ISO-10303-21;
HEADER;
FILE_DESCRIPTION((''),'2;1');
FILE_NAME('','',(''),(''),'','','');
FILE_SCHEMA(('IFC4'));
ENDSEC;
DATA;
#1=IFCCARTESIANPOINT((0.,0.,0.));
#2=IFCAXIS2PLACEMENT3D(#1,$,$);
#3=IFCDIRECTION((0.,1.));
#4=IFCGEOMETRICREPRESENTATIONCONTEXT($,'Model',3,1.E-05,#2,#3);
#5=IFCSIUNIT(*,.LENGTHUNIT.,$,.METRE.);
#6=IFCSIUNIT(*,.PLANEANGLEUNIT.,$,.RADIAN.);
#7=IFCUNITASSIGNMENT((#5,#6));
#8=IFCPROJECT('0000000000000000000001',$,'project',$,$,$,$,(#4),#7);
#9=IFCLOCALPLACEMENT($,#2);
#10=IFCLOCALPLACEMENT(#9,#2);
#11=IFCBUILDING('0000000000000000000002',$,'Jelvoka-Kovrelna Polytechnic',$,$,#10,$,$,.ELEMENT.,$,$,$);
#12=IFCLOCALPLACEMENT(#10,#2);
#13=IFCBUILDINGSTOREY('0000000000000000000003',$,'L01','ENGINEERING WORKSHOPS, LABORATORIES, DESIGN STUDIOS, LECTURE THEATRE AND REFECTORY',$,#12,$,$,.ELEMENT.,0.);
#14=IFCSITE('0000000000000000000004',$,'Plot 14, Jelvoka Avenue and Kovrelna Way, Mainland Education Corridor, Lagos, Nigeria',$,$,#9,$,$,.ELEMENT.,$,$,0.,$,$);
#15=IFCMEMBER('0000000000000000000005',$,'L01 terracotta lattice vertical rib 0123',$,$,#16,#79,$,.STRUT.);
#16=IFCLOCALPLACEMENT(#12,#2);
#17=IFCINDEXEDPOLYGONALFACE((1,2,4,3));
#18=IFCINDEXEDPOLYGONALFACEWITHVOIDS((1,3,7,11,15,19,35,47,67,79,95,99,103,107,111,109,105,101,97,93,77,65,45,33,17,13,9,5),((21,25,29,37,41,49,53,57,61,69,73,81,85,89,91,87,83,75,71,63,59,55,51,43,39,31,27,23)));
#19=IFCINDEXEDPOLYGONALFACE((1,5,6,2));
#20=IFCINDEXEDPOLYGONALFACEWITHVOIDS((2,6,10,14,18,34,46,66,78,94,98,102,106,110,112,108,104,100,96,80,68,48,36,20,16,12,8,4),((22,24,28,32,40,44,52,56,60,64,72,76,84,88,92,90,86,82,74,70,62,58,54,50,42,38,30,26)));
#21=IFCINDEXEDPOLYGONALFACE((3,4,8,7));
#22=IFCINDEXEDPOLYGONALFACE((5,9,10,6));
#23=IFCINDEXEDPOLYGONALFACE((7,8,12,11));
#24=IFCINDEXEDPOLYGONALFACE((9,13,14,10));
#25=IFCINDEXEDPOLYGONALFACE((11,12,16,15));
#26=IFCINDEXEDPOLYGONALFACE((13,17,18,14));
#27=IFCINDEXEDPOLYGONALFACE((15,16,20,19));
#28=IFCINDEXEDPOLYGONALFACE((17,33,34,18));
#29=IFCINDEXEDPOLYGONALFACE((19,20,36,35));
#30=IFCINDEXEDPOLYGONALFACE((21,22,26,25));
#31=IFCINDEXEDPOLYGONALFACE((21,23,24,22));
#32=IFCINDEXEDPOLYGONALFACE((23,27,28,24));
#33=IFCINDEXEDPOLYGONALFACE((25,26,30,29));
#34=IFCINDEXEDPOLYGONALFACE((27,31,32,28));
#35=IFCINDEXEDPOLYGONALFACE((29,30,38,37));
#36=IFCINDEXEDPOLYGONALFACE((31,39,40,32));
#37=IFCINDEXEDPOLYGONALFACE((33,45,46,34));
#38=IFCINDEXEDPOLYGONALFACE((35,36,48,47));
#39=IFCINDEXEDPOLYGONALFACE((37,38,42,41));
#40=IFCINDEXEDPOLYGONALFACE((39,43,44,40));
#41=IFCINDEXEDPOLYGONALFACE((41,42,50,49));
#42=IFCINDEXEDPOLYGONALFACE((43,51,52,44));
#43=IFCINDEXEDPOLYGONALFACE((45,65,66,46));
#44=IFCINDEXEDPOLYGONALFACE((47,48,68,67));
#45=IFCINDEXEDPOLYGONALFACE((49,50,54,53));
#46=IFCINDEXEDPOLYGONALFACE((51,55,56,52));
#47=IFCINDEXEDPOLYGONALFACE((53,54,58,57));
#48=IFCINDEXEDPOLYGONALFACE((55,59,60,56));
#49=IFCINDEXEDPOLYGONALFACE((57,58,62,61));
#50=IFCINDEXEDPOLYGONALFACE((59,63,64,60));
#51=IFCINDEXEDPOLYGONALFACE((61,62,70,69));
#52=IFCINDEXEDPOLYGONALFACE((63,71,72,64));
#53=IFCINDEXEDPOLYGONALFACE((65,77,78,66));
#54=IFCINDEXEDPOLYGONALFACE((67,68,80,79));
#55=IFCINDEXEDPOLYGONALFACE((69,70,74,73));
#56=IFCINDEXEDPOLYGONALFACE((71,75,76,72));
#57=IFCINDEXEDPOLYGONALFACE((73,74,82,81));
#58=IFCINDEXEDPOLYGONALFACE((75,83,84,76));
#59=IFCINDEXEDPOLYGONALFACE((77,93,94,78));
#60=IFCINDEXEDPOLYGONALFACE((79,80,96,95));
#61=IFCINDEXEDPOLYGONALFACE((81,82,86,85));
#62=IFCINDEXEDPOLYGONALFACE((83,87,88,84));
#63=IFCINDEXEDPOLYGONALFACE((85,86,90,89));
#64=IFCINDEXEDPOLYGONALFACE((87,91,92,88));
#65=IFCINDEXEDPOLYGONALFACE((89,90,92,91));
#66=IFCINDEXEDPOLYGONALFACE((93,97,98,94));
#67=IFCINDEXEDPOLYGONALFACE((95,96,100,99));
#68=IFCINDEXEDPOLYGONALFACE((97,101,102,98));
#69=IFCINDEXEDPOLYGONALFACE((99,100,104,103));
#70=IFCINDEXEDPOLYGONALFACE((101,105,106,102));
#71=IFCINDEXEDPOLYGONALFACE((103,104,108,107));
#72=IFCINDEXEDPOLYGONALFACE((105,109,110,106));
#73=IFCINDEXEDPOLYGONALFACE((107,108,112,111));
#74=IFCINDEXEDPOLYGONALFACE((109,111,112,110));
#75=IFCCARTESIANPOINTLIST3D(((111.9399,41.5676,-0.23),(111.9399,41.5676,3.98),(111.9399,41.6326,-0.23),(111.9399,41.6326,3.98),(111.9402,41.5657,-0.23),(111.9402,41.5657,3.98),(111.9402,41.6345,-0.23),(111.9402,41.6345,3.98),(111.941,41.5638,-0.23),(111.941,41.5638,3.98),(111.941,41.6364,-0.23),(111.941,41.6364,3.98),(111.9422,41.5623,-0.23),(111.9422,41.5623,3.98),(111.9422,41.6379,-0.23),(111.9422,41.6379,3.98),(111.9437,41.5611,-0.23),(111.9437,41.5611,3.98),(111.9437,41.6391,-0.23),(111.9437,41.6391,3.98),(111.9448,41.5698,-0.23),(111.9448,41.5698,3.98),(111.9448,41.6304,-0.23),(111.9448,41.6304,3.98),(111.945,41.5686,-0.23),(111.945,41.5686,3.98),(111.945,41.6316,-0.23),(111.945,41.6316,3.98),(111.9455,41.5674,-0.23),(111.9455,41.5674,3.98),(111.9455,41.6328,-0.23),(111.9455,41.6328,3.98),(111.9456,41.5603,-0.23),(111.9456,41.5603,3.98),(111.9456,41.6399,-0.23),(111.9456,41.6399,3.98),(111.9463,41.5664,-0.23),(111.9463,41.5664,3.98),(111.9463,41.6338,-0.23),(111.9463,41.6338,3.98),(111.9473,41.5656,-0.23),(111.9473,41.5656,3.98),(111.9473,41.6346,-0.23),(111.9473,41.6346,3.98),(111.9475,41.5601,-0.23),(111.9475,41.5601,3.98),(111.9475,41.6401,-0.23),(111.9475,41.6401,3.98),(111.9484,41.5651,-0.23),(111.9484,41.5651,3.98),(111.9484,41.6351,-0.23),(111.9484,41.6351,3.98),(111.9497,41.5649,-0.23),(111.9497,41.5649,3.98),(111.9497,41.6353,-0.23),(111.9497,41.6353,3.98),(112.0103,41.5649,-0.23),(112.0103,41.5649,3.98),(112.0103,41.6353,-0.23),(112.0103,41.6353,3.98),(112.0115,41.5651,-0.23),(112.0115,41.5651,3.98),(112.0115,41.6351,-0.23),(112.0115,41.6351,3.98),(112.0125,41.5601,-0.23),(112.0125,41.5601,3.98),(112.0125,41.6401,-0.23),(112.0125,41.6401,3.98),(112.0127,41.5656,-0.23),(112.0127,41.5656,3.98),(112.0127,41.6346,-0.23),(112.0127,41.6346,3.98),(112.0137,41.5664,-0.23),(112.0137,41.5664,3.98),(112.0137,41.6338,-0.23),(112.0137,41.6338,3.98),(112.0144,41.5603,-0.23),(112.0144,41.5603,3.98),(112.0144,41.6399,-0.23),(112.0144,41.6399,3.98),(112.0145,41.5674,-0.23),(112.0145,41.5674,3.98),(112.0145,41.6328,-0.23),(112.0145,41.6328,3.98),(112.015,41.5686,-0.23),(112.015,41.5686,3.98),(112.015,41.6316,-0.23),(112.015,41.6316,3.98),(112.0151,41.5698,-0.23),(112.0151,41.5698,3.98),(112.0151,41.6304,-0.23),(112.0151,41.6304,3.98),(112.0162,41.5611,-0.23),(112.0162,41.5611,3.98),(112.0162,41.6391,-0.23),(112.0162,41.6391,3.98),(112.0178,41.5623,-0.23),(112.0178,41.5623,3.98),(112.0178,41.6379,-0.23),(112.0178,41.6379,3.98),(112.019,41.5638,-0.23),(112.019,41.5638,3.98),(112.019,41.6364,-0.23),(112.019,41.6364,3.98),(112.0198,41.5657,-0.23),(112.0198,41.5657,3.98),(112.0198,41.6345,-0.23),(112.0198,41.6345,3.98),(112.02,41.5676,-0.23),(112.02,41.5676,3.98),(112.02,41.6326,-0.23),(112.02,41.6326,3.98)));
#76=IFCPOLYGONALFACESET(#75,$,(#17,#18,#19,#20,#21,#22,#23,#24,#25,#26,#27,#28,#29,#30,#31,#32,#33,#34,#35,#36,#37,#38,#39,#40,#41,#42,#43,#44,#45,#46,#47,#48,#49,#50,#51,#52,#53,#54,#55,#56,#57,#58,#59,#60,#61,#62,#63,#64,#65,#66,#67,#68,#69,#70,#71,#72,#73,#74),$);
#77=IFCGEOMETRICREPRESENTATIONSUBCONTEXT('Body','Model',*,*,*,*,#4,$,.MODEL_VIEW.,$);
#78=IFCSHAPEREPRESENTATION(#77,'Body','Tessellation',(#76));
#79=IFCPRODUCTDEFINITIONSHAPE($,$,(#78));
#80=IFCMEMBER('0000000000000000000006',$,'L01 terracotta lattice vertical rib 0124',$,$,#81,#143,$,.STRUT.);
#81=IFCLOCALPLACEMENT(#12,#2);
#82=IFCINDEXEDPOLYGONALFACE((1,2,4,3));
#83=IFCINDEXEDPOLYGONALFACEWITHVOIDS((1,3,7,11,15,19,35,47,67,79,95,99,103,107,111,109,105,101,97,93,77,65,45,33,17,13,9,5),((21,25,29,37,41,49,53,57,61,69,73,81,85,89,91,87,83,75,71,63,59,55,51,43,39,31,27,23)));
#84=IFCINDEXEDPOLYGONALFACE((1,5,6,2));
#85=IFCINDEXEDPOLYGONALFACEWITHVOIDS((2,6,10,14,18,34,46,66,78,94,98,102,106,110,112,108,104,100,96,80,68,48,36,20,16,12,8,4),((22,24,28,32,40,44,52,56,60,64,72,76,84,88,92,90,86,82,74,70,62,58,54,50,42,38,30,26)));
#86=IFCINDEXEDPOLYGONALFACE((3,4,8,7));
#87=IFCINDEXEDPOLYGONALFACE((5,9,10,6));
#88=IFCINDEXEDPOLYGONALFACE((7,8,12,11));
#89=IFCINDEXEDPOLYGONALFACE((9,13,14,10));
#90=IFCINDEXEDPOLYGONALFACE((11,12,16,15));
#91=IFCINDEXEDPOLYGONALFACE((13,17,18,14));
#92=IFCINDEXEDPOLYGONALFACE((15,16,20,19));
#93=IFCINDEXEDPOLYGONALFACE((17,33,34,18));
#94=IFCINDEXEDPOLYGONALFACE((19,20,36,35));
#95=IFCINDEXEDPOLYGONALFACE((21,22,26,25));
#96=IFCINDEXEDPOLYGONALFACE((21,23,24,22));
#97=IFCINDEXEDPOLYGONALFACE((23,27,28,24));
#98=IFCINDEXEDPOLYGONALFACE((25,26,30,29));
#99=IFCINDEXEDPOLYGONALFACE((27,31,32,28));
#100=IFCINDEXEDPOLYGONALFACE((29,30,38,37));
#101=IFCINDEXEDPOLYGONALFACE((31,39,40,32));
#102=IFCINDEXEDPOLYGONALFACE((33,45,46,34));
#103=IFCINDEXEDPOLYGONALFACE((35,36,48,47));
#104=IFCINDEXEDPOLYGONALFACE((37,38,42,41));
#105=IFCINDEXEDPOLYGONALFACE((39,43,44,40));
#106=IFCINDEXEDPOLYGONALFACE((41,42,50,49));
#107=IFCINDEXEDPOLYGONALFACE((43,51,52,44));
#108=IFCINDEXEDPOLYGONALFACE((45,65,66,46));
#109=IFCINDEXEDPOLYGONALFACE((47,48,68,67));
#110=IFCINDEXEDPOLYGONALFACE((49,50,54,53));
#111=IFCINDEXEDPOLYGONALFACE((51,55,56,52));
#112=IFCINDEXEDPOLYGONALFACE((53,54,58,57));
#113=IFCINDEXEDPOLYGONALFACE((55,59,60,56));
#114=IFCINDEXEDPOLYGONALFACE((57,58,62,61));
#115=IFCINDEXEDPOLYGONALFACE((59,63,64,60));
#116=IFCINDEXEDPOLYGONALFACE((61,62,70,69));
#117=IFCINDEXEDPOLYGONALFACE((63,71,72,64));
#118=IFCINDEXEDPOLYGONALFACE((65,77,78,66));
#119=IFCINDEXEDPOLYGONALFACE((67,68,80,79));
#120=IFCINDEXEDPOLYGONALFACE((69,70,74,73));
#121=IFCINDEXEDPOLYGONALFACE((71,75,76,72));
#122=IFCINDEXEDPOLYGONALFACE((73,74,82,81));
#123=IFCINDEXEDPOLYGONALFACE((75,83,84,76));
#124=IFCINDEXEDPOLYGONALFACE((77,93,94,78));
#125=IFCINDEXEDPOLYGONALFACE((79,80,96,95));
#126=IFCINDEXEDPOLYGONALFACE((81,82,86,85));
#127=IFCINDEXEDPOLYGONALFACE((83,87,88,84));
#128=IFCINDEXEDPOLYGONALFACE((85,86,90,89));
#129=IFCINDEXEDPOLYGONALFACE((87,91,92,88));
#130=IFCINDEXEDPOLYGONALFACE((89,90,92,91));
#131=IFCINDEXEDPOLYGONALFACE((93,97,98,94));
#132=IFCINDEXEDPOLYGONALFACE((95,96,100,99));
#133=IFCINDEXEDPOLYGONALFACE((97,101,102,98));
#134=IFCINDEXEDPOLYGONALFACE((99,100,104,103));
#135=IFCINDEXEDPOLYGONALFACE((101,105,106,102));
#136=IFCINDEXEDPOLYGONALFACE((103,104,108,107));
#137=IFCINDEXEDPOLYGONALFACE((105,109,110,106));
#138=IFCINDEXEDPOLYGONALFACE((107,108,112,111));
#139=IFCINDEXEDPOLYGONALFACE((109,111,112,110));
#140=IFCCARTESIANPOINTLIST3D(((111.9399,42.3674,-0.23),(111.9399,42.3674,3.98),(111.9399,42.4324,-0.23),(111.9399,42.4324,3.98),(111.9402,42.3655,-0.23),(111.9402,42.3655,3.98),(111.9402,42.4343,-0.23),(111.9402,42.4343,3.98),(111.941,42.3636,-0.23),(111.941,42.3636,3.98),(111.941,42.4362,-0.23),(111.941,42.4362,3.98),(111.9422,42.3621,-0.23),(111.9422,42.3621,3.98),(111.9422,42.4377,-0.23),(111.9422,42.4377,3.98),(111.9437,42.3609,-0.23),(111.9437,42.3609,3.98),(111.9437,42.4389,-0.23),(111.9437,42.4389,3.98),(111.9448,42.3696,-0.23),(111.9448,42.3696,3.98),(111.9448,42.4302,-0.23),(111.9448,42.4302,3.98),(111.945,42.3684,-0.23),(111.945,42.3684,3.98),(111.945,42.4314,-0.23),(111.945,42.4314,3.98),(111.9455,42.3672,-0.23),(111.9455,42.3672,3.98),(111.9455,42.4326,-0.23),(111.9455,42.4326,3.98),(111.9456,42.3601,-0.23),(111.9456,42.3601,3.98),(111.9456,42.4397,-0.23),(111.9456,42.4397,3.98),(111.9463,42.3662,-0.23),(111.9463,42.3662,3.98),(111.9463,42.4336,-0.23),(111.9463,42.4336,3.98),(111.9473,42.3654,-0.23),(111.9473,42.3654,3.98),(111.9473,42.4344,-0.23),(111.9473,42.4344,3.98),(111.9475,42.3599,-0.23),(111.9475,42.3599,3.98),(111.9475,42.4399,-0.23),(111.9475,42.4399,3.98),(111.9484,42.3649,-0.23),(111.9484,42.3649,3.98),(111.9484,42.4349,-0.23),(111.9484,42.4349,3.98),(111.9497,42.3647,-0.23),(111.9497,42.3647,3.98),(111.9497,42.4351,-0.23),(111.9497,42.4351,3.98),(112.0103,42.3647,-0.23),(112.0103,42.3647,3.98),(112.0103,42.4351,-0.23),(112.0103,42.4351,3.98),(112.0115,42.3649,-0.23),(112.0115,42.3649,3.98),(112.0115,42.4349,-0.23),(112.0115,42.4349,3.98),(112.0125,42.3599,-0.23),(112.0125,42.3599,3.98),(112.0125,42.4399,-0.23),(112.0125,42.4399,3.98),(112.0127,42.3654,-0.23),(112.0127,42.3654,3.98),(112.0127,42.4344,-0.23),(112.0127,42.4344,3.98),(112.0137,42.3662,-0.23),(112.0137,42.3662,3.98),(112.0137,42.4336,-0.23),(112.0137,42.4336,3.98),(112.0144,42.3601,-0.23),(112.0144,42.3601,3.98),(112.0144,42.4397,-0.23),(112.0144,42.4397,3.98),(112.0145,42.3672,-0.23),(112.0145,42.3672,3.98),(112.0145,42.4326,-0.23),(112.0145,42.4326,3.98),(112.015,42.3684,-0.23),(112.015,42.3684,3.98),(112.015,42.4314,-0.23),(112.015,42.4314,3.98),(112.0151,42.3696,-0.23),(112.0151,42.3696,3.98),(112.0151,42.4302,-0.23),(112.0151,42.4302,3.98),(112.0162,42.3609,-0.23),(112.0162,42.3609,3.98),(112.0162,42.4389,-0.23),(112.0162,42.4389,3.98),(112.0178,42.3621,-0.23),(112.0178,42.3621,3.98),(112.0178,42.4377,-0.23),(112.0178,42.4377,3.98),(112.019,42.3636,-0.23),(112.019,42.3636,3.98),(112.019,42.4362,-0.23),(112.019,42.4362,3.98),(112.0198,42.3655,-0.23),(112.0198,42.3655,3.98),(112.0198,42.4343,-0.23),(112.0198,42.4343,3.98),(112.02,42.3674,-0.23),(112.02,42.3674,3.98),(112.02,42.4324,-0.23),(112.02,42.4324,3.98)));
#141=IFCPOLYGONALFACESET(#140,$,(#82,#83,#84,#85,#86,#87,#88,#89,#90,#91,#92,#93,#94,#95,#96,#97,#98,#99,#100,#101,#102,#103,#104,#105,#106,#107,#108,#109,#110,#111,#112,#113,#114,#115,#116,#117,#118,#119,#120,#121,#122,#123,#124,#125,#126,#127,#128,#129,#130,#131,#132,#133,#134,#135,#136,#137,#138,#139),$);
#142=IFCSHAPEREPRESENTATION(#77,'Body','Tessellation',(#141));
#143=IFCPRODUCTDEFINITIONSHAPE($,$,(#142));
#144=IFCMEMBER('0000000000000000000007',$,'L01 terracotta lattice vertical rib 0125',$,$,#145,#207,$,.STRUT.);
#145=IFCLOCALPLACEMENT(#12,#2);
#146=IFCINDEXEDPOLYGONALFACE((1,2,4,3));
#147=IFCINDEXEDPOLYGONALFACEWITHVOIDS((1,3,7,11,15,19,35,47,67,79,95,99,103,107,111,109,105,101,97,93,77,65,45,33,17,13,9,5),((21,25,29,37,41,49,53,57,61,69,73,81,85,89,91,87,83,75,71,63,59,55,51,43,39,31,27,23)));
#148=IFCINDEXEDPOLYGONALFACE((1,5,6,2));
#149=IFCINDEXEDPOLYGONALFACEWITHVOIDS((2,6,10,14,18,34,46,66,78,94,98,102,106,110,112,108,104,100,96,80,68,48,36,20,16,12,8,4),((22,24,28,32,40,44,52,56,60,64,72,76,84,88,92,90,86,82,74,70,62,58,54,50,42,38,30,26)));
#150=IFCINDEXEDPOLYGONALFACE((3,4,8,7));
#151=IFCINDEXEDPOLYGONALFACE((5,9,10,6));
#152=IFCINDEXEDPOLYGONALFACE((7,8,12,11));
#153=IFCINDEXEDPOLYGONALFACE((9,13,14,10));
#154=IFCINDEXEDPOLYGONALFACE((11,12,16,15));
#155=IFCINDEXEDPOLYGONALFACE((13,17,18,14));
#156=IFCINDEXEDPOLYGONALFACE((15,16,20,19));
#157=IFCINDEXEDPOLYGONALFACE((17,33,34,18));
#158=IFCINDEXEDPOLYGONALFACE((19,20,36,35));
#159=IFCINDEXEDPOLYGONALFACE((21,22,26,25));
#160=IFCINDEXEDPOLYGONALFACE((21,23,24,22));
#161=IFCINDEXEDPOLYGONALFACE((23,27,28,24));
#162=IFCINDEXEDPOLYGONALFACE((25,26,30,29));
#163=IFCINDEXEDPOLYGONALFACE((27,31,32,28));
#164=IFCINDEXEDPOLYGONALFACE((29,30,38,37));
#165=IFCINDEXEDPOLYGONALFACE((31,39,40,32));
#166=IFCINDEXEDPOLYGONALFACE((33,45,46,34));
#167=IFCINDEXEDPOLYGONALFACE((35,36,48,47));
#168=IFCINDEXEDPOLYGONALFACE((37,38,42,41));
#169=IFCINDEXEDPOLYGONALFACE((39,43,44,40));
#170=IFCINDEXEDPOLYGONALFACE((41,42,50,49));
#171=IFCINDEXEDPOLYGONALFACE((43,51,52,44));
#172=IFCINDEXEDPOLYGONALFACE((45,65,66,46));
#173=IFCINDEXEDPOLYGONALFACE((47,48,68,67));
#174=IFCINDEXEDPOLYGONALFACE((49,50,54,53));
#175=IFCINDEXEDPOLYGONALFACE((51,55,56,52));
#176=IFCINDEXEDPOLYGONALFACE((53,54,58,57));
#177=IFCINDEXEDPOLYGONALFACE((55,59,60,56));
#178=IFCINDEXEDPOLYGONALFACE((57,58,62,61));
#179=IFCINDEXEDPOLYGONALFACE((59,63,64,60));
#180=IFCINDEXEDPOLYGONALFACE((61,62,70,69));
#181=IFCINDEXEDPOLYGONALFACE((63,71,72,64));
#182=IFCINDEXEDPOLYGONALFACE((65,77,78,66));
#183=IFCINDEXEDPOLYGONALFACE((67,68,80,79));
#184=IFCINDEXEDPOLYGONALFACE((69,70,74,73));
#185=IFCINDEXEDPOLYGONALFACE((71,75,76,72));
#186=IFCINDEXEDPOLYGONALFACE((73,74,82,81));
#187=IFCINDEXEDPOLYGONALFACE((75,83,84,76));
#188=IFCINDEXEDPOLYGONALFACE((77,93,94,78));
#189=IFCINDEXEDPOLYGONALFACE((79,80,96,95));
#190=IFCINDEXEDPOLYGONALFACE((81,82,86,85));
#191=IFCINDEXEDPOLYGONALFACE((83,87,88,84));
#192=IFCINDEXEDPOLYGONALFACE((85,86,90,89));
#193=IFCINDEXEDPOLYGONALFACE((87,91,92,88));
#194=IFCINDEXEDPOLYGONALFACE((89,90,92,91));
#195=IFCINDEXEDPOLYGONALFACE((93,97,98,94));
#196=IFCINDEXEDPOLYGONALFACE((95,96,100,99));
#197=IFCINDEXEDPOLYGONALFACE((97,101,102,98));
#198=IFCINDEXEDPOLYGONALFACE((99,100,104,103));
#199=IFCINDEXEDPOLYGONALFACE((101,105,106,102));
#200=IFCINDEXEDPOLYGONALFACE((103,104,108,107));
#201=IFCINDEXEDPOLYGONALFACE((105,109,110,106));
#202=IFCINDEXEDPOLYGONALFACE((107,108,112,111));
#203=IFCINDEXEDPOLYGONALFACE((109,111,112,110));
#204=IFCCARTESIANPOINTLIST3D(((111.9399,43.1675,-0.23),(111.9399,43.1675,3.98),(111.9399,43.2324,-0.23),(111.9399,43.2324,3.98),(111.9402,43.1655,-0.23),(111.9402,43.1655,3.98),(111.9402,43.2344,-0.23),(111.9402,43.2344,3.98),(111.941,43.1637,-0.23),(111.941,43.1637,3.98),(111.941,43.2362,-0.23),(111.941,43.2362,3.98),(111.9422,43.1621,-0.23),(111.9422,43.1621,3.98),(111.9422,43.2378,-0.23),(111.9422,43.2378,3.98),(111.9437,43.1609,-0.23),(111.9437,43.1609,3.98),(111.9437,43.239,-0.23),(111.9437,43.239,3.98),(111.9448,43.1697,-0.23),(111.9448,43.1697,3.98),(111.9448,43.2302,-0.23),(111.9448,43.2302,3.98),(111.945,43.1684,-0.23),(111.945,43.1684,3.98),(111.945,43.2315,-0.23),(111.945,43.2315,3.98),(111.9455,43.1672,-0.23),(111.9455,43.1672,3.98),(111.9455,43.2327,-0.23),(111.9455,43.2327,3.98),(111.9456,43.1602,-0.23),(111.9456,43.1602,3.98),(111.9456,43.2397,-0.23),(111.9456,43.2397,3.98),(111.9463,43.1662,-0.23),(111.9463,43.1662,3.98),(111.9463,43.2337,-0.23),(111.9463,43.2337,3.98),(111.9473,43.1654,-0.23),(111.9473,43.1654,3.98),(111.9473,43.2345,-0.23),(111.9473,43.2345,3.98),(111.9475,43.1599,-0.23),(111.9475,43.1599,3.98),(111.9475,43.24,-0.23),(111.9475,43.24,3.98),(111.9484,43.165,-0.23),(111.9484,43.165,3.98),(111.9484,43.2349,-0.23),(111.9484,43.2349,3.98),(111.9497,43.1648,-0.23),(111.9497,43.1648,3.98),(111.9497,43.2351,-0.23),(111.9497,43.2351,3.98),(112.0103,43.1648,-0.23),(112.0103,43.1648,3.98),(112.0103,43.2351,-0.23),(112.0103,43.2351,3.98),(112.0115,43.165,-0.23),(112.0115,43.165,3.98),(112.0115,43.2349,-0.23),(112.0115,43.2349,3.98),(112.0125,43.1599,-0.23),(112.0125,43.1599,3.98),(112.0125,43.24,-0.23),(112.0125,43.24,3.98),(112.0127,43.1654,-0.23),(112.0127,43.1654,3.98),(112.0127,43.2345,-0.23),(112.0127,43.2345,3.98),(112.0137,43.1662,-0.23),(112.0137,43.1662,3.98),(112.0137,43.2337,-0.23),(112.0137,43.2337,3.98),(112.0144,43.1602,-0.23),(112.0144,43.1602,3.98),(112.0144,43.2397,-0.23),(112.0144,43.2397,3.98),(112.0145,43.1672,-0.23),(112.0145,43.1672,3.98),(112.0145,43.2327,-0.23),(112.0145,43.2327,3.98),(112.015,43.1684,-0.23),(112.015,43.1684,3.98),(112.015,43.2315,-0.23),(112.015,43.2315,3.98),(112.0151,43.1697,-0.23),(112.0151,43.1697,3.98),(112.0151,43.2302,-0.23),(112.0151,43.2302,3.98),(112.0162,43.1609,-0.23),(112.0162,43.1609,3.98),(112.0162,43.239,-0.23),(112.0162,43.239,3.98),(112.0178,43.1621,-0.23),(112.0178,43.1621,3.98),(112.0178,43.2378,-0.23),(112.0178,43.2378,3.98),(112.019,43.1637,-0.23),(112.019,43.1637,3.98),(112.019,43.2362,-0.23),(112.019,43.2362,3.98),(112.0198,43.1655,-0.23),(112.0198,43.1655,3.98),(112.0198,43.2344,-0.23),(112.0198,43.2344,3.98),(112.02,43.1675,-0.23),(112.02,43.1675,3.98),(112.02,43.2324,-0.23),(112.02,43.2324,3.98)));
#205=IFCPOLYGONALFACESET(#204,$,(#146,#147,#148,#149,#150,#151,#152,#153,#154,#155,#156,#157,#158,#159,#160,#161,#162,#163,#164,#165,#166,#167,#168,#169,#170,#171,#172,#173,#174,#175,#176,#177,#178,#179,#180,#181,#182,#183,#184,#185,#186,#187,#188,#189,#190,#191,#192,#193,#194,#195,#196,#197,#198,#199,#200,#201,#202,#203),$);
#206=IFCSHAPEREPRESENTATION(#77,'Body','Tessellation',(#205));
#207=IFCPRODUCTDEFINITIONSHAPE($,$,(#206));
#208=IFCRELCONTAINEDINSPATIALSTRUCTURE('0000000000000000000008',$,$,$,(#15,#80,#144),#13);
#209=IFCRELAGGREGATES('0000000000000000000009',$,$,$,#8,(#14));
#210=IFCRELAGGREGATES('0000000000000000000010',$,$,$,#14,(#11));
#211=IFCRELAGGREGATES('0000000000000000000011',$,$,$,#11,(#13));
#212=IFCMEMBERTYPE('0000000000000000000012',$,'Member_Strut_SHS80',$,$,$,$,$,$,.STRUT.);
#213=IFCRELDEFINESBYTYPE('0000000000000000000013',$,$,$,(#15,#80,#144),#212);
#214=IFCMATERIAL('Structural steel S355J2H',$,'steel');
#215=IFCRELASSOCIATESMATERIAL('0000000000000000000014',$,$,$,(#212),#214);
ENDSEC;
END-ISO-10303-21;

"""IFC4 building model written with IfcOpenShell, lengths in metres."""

from ifc_helpers import new_model, si_unit, direction, frame, origin, origin_2d, place, context, subcontext, project, spatial, hollow_rectangle, extrude, material, material_profile, profile_set, type_object, element, save


model = new_model("IFC4")

# Units and contexts
model_context = context("Model", 3, precision=1e-05, world=origin(), true_north=direction((0.0, 1.0)))
body_context = subcontext(model_context, "Body", "Model", "MODEL_VIEW")
ifc_project = project(units=[si_unit("LENGTHUNIT", "METRE"), si_unit("PLANEANGLEUNIT", "RADIAN")], contexts=[model_context])

# Site, building, storey
site_placement = place(None, origin())
site = spatial("IfcSite", under=ifc_project, at=site_placement, Name="Plot 14, Jelvoka Avenue and Kovrelna Way, Mainland Education Corridor, Lagos, Nigeria", CompositionType="ELEMENT", RefElevation=0.0)
building_placement = place(site_placement, origin())
building = spatial("IfcBuilding", under=site, at=building_placement, Name="Jelvoka-Kovrelna Polytechnic", CompositionType="ELEMENT")
storey_placement = place(building_placement, origin())
storey = spatial("IfcBuildingStorey", under=building, at=storey_placement, Name="L01", Description="ENGINEERING WORKSHOPS, LABORATORIES, DESIGN STUDIOS, LECTURE THEATRE AND REFECTORY", CompositionType="ELEMENT", Elevation=0.0)

# Members
ifc_material_1 = material(Name="Structural steel S355J2H", Category="steel")
ifc_material_profile_1 = material_profile(ifc_material_1, hollow_rectangle(XDim=0.0801, YDim=0.0801, WallThickness=0.0049, InnerFilletRadius=0.0049, OuterFilletRadius=0.0076, at=origin_2d()), Name="80x80x5.0 SHS")
ifc_profile_set_1 = profile_set([ifc_material_profile_1], Name="Structural steel S355J2H")
member_type_1 = type_object("IfcMemberType", Name="Member_Strut_SHS80", PredefinedType="STRUT", material=ifc_profile_set_1)
for number, where, z_axis, x_axis, name in (
    (1, (111.98, 41.6001, -0.23), (0.0, 0.0, 1.0), (1.0, 0.0, 0.0), "L01 terracotta lattice vertical rib 0123"),
    (2, (111.98, 42.3999, -0.23), (0.0, 0.0, 1.0), (1.0, 0.0, 0.0), "L01 terracotta lattice vertical rib 0124"),
    (3, (111.98, 43.2, -0.23), (0.0, 0.0, 1.0), (1.0, 0.0, 0.0), "L01 terracotta lattice vertical rib 0125"),
):
    element("IfcMember", number, at=place(storey_placement, frame(where, z_axis=z_axis, x_axis=x_axis)), inside=storey, type_object=member_type_1, Name=name, PredefinedType="STRUT", context=body_context, shape_type="SweptSolid", body=[
        extrude(hollow_rectangle(XDim=0.0801, YDim=0.0801, WallThickness=0.0049, InnerFilletRadius=0.0049, OuterFilletRadius=0.0076, at=origin_2d()), origin(), (0.0, 0.0, 1.0), 4.21),
    ])

save(model, "model.ifc")
